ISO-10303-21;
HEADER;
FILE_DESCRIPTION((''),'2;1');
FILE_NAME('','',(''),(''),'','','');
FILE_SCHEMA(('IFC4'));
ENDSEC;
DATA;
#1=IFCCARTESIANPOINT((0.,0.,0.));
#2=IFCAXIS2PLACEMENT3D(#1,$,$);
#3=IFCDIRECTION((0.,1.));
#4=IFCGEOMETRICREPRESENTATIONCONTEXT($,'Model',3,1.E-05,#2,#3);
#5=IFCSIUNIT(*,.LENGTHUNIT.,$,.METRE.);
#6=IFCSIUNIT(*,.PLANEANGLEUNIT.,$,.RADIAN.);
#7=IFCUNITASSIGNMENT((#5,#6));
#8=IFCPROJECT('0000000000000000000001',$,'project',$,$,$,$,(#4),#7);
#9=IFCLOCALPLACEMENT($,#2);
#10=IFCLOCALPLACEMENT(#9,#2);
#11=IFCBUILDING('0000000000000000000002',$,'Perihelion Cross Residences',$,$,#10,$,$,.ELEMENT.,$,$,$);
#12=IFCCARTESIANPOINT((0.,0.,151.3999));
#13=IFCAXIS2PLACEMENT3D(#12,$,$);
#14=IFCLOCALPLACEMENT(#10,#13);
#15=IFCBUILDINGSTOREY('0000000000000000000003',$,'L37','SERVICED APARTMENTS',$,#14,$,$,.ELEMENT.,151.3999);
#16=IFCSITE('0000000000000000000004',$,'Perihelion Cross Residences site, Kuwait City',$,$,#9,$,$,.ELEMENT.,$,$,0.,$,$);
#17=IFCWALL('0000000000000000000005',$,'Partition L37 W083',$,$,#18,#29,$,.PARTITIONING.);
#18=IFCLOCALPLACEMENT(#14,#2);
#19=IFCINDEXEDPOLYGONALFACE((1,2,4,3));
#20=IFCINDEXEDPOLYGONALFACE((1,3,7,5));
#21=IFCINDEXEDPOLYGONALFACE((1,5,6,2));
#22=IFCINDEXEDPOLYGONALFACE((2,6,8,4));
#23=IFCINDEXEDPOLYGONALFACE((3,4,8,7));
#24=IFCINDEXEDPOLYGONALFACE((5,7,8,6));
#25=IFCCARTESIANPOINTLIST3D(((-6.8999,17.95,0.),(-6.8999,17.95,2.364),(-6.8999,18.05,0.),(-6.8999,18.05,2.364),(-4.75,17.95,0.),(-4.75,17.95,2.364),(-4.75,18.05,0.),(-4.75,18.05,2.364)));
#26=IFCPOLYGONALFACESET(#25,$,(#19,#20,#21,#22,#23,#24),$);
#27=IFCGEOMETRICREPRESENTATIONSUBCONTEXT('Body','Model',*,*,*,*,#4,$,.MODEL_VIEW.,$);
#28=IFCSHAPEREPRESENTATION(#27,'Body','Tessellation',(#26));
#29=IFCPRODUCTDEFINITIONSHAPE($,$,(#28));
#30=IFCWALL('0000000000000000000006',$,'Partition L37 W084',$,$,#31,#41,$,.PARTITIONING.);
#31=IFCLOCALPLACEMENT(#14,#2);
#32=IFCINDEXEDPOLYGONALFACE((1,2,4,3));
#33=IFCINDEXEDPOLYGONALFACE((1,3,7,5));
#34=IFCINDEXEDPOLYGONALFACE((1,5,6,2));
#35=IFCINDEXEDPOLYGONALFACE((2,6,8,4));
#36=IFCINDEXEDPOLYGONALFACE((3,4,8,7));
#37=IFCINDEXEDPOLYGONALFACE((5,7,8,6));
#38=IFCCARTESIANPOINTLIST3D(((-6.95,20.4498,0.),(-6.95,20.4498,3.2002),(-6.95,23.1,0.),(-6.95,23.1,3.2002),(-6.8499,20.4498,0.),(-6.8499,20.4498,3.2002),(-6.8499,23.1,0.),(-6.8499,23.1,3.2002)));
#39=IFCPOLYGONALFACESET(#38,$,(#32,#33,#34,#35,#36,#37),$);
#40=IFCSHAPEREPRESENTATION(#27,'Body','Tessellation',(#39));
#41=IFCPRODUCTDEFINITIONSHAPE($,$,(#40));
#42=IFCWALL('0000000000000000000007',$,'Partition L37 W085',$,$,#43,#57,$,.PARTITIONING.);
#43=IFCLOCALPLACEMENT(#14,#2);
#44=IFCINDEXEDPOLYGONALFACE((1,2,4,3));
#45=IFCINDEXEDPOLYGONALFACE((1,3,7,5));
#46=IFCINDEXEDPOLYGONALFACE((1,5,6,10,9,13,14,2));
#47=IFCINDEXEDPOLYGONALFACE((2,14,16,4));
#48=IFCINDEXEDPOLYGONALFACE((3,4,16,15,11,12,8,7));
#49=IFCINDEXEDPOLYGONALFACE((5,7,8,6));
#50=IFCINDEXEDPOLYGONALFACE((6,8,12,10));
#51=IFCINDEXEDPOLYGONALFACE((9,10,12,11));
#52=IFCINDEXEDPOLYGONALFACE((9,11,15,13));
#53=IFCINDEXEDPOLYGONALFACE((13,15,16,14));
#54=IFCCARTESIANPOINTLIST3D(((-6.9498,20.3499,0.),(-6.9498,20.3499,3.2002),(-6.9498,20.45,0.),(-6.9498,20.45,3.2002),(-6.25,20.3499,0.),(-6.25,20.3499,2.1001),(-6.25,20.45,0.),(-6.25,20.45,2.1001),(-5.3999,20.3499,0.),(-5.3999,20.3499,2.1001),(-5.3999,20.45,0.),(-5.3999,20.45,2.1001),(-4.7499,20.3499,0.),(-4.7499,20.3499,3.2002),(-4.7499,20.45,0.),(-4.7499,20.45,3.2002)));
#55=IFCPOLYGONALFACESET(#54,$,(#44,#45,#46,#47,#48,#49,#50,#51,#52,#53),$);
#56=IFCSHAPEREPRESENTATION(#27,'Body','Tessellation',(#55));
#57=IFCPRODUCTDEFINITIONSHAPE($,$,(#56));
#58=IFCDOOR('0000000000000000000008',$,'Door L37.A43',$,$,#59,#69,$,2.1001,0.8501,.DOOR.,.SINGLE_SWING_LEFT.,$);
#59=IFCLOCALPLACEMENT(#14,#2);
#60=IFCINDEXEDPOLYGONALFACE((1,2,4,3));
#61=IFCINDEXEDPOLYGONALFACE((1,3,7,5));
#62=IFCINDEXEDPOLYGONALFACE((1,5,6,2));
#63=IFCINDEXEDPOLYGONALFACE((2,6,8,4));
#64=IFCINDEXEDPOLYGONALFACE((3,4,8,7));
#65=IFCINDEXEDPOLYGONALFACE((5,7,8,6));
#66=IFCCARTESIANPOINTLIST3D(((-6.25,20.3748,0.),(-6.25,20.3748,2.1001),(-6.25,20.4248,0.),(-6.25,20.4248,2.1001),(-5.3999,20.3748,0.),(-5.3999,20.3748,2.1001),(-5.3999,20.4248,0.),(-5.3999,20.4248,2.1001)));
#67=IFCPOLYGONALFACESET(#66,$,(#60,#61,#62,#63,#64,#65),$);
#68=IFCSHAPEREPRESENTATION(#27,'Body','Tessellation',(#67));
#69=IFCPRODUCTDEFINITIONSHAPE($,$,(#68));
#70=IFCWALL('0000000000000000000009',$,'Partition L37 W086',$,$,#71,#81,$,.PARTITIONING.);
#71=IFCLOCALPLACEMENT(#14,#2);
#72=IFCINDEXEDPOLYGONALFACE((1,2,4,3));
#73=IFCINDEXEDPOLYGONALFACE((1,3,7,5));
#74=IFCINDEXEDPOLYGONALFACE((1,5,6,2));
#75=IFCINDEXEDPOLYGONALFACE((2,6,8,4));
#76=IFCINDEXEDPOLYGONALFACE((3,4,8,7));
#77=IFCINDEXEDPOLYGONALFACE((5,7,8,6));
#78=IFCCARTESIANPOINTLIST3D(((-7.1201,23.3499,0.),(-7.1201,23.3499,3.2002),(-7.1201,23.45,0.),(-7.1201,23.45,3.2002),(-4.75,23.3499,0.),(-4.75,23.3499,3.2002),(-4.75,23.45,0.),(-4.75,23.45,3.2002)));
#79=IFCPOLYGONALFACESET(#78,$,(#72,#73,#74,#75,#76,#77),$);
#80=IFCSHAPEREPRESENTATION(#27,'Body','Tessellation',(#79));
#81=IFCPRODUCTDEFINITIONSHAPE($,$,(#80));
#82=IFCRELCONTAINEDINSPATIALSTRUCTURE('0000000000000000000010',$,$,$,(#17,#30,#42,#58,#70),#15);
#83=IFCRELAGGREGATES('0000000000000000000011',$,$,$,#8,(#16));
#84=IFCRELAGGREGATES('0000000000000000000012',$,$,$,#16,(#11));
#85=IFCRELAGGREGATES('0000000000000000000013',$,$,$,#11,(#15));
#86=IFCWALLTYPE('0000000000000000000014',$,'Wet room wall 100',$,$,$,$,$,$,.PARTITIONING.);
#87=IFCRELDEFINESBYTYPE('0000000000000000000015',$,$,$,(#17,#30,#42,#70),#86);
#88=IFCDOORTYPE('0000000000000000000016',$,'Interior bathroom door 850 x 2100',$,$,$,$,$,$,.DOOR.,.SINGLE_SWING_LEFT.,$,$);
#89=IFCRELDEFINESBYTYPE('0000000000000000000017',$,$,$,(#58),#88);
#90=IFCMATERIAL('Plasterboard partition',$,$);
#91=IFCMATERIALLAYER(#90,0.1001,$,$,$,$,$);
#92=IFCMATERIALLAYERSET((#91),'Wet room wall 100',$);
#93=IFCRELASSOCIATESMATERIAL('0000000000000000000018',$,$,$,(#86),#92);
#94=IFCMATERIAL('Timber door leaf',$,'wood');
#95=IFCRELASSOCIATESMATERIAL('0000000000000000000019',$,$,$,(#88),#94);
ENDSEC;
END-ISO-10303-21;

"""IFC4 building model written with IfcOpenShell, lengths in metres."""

from ifc_helpers import new_model, si_unit, direction, frame, frame_2d, origin, place, context, subcontext, project, spatial, rectangle, extrude, material, layer, layer_set, type_object, element, fill, save


model = new_model("IFC4")

# Units and contexts
model_context = context("Model", 3, precision=1e-05, world=origin(), true_north=direction((0.0, 1.0)))
body_context = subcontext(model_context, "Body", "Model", "MODEL_VIEW")
ifc_project = project(units=[si_unit("LENGTHUNIT", "METRE"), si_unit("PLANEANGLEUNIT", "RADIAN")], contexts=[model_context])

# Site, building, storey
site_placement = place(None, origin())
site = spatial("IfcSite", under=ifc_project, at=site_placement, Name="Perihelion Cross Residences site, Kuwait City", CompositionType="ELEMENT", RefElevation=0.0)
building_placement = place(site_placement, origin())
building = spatial("IfcBuilding", under=site, at=building_placement, Name="Perihelion Cross Residences", CompositionType="ELEMENT")
storey_placement = place(building_placement, frame((0.0, 0.0, 151.3999)))
storey = spatial("IfcBuildingStorey", under=building, at=storey_placement, Name="L37", Description="SERVICED APARTMENTS", CompositionType="ELEMENT", Elevation=151.3999)

# Walls
ifc_material_1 = material(Name="Plasterboard partition")
ifc_layer_1 = layer(ifc_material_1, 0.1001)
ifc_layer_set_1 = layer_set([ifc_layer_1], Name="Wet room wall 100")
wall_type_1 = type_object("IfcWallType", Name="Wet room wall 100", PredefinedType="PARTITIONING", material=ifc_layer_set_1)
wall_1_placement = place(storey_placement, frame((-6.8999, 18.0, 0.0), z_axis=(0.0, 0.0, 1.0), x_axis=(1.0, 0.0, 0.0)))
element("IfcWall", 1, at=wall_1_placement, inside=storey, type_object=wall_type_1, Name="Partition L37 W083", PredefinedType="PARTITIONING", context=body_context, shape_type="SweptSolid", body=[
    extrude(rectangle(XDim=2.1499, YDim=0.1001, at=frame_2d((1.075, 0.0))), origin(), (0.0, 0.0, 1.0), 2.364),
])
wall_2_placement = place(storey_placement, frame((-6.8999, 23.1001, 0.0), z_axis=(0.0, 0.0, 1.0), x_axis=(0.0, -1.0, 0.0)))
element("IfcWall", 2, at=wall_2_placement, inside=storey, type_object=wall_type_1, Name="Partition L37 W084", PredefinedType="PARTITIONING", context=body_context, shape_type="SweptSolid", body=[
    extrude(rectangle(XDim=2.6501, YDim=0.1001, at=frame_2d((1.3252, 0.0))), origin(), (0.0, 0.0, 1.0), 3.2002),
])

# Wall, opening, door
wall_3_placement = place(storey_placement, frame((-6.95, 20.3999, 0.0), z_axis=(0.0, 0.0, 1.0), x_axis=(1.0, 0.0, 0.0)))
wall_3 = element("IfcWall", 3, at=wall_3_placement, inside=storey, type_object=wall_type_1, Name="Partition L37 W085", PredefinedType="PARTITIONING", context=body_context, shape_type="SweptSolid", body=[
    extrude(rectangle(XDim=2.2, YDim=0.1001, at=frame_2d((1.1001, 0.0))), origin(), (0.0, 0.0, 1.0), 3.2002),
])
opening_1_placement = place(wall_3_placement, frame((0.7, 0.0, 0.0)))
opening_1 = element("IfcOpeningElement", 4, at=opening_1_placement, cuts=wall_3, PredefinedType="OPENING", context=body_context, shape_type="SweptSolid", body=[
    extrude(rectangle(XDim=0.8501, YDim=2.1001, at=frame_2d((0.425, 1.05))), frame((0.0, 0.0601, 0.0), z_axis=(0.0, -1.0, 0.0), x_axis=(1.0, 0.0, 0.0)), (0.0, 0.0, 1.0), 0.1201),
])
ifc_material_2 = material(Name="Timber door leaf", Category="wood")
door_type_1 = type_object("IfcDoorType", Name="Interior bathroom door 850 x 2100", OperationType="SINGLE_SWING_LEFT", PredefinedType="DOOR", material=ifc_material_2)
door_1_placement = place(opening_1_placement, origin())
door_1 = element("IfcDoor", 5, at=door_1_placement, inside=storey, type_object=door_type_1, Name="Door L37.A43", OperationType="SINGLE_SWING_LEFT", OverallHeight=2.1001, OverallWidth=0.8501, PredefinedType="DOOR", context=body_context, shape_type="SweptSolid", body=[
    extrude(rectangle(XDim=0.8501, YDim=2.1001, at=frame_2d((0.425, 1.05))), frame((0.0, 0.0249, 0.0), z_axis=(0.0, -1.0, 0.0), x_axis=(1.0, 0.0, 0.0)), (0.0, 0.0, 1.0), 0.05),
])
fill(opening_1, door_1)

# Wall
wall_4_placement = place(storey_placement, frame((-7.1201, 23.3999, 0.0), z_axis=(0.0, 0.0, 1.0), x_axis=(1.0, 0.0, 0.0)))
element("IfcWall", 6, at=wall_4_placement, inside=storey, type_object=wall_type_1, Name="Partition L37 W086", PredefinedType="PARTITIONING", context=body_context, shape_type="SweptSolid", body=[
    extrude(rectangle(XDim=2.3701, YDim=0.1001, at=frame_2d((1.1851, 0.0))), origin(), (0.0, 0.0, 1.0), 3.2002),
])

save(model, "model.ifc")
